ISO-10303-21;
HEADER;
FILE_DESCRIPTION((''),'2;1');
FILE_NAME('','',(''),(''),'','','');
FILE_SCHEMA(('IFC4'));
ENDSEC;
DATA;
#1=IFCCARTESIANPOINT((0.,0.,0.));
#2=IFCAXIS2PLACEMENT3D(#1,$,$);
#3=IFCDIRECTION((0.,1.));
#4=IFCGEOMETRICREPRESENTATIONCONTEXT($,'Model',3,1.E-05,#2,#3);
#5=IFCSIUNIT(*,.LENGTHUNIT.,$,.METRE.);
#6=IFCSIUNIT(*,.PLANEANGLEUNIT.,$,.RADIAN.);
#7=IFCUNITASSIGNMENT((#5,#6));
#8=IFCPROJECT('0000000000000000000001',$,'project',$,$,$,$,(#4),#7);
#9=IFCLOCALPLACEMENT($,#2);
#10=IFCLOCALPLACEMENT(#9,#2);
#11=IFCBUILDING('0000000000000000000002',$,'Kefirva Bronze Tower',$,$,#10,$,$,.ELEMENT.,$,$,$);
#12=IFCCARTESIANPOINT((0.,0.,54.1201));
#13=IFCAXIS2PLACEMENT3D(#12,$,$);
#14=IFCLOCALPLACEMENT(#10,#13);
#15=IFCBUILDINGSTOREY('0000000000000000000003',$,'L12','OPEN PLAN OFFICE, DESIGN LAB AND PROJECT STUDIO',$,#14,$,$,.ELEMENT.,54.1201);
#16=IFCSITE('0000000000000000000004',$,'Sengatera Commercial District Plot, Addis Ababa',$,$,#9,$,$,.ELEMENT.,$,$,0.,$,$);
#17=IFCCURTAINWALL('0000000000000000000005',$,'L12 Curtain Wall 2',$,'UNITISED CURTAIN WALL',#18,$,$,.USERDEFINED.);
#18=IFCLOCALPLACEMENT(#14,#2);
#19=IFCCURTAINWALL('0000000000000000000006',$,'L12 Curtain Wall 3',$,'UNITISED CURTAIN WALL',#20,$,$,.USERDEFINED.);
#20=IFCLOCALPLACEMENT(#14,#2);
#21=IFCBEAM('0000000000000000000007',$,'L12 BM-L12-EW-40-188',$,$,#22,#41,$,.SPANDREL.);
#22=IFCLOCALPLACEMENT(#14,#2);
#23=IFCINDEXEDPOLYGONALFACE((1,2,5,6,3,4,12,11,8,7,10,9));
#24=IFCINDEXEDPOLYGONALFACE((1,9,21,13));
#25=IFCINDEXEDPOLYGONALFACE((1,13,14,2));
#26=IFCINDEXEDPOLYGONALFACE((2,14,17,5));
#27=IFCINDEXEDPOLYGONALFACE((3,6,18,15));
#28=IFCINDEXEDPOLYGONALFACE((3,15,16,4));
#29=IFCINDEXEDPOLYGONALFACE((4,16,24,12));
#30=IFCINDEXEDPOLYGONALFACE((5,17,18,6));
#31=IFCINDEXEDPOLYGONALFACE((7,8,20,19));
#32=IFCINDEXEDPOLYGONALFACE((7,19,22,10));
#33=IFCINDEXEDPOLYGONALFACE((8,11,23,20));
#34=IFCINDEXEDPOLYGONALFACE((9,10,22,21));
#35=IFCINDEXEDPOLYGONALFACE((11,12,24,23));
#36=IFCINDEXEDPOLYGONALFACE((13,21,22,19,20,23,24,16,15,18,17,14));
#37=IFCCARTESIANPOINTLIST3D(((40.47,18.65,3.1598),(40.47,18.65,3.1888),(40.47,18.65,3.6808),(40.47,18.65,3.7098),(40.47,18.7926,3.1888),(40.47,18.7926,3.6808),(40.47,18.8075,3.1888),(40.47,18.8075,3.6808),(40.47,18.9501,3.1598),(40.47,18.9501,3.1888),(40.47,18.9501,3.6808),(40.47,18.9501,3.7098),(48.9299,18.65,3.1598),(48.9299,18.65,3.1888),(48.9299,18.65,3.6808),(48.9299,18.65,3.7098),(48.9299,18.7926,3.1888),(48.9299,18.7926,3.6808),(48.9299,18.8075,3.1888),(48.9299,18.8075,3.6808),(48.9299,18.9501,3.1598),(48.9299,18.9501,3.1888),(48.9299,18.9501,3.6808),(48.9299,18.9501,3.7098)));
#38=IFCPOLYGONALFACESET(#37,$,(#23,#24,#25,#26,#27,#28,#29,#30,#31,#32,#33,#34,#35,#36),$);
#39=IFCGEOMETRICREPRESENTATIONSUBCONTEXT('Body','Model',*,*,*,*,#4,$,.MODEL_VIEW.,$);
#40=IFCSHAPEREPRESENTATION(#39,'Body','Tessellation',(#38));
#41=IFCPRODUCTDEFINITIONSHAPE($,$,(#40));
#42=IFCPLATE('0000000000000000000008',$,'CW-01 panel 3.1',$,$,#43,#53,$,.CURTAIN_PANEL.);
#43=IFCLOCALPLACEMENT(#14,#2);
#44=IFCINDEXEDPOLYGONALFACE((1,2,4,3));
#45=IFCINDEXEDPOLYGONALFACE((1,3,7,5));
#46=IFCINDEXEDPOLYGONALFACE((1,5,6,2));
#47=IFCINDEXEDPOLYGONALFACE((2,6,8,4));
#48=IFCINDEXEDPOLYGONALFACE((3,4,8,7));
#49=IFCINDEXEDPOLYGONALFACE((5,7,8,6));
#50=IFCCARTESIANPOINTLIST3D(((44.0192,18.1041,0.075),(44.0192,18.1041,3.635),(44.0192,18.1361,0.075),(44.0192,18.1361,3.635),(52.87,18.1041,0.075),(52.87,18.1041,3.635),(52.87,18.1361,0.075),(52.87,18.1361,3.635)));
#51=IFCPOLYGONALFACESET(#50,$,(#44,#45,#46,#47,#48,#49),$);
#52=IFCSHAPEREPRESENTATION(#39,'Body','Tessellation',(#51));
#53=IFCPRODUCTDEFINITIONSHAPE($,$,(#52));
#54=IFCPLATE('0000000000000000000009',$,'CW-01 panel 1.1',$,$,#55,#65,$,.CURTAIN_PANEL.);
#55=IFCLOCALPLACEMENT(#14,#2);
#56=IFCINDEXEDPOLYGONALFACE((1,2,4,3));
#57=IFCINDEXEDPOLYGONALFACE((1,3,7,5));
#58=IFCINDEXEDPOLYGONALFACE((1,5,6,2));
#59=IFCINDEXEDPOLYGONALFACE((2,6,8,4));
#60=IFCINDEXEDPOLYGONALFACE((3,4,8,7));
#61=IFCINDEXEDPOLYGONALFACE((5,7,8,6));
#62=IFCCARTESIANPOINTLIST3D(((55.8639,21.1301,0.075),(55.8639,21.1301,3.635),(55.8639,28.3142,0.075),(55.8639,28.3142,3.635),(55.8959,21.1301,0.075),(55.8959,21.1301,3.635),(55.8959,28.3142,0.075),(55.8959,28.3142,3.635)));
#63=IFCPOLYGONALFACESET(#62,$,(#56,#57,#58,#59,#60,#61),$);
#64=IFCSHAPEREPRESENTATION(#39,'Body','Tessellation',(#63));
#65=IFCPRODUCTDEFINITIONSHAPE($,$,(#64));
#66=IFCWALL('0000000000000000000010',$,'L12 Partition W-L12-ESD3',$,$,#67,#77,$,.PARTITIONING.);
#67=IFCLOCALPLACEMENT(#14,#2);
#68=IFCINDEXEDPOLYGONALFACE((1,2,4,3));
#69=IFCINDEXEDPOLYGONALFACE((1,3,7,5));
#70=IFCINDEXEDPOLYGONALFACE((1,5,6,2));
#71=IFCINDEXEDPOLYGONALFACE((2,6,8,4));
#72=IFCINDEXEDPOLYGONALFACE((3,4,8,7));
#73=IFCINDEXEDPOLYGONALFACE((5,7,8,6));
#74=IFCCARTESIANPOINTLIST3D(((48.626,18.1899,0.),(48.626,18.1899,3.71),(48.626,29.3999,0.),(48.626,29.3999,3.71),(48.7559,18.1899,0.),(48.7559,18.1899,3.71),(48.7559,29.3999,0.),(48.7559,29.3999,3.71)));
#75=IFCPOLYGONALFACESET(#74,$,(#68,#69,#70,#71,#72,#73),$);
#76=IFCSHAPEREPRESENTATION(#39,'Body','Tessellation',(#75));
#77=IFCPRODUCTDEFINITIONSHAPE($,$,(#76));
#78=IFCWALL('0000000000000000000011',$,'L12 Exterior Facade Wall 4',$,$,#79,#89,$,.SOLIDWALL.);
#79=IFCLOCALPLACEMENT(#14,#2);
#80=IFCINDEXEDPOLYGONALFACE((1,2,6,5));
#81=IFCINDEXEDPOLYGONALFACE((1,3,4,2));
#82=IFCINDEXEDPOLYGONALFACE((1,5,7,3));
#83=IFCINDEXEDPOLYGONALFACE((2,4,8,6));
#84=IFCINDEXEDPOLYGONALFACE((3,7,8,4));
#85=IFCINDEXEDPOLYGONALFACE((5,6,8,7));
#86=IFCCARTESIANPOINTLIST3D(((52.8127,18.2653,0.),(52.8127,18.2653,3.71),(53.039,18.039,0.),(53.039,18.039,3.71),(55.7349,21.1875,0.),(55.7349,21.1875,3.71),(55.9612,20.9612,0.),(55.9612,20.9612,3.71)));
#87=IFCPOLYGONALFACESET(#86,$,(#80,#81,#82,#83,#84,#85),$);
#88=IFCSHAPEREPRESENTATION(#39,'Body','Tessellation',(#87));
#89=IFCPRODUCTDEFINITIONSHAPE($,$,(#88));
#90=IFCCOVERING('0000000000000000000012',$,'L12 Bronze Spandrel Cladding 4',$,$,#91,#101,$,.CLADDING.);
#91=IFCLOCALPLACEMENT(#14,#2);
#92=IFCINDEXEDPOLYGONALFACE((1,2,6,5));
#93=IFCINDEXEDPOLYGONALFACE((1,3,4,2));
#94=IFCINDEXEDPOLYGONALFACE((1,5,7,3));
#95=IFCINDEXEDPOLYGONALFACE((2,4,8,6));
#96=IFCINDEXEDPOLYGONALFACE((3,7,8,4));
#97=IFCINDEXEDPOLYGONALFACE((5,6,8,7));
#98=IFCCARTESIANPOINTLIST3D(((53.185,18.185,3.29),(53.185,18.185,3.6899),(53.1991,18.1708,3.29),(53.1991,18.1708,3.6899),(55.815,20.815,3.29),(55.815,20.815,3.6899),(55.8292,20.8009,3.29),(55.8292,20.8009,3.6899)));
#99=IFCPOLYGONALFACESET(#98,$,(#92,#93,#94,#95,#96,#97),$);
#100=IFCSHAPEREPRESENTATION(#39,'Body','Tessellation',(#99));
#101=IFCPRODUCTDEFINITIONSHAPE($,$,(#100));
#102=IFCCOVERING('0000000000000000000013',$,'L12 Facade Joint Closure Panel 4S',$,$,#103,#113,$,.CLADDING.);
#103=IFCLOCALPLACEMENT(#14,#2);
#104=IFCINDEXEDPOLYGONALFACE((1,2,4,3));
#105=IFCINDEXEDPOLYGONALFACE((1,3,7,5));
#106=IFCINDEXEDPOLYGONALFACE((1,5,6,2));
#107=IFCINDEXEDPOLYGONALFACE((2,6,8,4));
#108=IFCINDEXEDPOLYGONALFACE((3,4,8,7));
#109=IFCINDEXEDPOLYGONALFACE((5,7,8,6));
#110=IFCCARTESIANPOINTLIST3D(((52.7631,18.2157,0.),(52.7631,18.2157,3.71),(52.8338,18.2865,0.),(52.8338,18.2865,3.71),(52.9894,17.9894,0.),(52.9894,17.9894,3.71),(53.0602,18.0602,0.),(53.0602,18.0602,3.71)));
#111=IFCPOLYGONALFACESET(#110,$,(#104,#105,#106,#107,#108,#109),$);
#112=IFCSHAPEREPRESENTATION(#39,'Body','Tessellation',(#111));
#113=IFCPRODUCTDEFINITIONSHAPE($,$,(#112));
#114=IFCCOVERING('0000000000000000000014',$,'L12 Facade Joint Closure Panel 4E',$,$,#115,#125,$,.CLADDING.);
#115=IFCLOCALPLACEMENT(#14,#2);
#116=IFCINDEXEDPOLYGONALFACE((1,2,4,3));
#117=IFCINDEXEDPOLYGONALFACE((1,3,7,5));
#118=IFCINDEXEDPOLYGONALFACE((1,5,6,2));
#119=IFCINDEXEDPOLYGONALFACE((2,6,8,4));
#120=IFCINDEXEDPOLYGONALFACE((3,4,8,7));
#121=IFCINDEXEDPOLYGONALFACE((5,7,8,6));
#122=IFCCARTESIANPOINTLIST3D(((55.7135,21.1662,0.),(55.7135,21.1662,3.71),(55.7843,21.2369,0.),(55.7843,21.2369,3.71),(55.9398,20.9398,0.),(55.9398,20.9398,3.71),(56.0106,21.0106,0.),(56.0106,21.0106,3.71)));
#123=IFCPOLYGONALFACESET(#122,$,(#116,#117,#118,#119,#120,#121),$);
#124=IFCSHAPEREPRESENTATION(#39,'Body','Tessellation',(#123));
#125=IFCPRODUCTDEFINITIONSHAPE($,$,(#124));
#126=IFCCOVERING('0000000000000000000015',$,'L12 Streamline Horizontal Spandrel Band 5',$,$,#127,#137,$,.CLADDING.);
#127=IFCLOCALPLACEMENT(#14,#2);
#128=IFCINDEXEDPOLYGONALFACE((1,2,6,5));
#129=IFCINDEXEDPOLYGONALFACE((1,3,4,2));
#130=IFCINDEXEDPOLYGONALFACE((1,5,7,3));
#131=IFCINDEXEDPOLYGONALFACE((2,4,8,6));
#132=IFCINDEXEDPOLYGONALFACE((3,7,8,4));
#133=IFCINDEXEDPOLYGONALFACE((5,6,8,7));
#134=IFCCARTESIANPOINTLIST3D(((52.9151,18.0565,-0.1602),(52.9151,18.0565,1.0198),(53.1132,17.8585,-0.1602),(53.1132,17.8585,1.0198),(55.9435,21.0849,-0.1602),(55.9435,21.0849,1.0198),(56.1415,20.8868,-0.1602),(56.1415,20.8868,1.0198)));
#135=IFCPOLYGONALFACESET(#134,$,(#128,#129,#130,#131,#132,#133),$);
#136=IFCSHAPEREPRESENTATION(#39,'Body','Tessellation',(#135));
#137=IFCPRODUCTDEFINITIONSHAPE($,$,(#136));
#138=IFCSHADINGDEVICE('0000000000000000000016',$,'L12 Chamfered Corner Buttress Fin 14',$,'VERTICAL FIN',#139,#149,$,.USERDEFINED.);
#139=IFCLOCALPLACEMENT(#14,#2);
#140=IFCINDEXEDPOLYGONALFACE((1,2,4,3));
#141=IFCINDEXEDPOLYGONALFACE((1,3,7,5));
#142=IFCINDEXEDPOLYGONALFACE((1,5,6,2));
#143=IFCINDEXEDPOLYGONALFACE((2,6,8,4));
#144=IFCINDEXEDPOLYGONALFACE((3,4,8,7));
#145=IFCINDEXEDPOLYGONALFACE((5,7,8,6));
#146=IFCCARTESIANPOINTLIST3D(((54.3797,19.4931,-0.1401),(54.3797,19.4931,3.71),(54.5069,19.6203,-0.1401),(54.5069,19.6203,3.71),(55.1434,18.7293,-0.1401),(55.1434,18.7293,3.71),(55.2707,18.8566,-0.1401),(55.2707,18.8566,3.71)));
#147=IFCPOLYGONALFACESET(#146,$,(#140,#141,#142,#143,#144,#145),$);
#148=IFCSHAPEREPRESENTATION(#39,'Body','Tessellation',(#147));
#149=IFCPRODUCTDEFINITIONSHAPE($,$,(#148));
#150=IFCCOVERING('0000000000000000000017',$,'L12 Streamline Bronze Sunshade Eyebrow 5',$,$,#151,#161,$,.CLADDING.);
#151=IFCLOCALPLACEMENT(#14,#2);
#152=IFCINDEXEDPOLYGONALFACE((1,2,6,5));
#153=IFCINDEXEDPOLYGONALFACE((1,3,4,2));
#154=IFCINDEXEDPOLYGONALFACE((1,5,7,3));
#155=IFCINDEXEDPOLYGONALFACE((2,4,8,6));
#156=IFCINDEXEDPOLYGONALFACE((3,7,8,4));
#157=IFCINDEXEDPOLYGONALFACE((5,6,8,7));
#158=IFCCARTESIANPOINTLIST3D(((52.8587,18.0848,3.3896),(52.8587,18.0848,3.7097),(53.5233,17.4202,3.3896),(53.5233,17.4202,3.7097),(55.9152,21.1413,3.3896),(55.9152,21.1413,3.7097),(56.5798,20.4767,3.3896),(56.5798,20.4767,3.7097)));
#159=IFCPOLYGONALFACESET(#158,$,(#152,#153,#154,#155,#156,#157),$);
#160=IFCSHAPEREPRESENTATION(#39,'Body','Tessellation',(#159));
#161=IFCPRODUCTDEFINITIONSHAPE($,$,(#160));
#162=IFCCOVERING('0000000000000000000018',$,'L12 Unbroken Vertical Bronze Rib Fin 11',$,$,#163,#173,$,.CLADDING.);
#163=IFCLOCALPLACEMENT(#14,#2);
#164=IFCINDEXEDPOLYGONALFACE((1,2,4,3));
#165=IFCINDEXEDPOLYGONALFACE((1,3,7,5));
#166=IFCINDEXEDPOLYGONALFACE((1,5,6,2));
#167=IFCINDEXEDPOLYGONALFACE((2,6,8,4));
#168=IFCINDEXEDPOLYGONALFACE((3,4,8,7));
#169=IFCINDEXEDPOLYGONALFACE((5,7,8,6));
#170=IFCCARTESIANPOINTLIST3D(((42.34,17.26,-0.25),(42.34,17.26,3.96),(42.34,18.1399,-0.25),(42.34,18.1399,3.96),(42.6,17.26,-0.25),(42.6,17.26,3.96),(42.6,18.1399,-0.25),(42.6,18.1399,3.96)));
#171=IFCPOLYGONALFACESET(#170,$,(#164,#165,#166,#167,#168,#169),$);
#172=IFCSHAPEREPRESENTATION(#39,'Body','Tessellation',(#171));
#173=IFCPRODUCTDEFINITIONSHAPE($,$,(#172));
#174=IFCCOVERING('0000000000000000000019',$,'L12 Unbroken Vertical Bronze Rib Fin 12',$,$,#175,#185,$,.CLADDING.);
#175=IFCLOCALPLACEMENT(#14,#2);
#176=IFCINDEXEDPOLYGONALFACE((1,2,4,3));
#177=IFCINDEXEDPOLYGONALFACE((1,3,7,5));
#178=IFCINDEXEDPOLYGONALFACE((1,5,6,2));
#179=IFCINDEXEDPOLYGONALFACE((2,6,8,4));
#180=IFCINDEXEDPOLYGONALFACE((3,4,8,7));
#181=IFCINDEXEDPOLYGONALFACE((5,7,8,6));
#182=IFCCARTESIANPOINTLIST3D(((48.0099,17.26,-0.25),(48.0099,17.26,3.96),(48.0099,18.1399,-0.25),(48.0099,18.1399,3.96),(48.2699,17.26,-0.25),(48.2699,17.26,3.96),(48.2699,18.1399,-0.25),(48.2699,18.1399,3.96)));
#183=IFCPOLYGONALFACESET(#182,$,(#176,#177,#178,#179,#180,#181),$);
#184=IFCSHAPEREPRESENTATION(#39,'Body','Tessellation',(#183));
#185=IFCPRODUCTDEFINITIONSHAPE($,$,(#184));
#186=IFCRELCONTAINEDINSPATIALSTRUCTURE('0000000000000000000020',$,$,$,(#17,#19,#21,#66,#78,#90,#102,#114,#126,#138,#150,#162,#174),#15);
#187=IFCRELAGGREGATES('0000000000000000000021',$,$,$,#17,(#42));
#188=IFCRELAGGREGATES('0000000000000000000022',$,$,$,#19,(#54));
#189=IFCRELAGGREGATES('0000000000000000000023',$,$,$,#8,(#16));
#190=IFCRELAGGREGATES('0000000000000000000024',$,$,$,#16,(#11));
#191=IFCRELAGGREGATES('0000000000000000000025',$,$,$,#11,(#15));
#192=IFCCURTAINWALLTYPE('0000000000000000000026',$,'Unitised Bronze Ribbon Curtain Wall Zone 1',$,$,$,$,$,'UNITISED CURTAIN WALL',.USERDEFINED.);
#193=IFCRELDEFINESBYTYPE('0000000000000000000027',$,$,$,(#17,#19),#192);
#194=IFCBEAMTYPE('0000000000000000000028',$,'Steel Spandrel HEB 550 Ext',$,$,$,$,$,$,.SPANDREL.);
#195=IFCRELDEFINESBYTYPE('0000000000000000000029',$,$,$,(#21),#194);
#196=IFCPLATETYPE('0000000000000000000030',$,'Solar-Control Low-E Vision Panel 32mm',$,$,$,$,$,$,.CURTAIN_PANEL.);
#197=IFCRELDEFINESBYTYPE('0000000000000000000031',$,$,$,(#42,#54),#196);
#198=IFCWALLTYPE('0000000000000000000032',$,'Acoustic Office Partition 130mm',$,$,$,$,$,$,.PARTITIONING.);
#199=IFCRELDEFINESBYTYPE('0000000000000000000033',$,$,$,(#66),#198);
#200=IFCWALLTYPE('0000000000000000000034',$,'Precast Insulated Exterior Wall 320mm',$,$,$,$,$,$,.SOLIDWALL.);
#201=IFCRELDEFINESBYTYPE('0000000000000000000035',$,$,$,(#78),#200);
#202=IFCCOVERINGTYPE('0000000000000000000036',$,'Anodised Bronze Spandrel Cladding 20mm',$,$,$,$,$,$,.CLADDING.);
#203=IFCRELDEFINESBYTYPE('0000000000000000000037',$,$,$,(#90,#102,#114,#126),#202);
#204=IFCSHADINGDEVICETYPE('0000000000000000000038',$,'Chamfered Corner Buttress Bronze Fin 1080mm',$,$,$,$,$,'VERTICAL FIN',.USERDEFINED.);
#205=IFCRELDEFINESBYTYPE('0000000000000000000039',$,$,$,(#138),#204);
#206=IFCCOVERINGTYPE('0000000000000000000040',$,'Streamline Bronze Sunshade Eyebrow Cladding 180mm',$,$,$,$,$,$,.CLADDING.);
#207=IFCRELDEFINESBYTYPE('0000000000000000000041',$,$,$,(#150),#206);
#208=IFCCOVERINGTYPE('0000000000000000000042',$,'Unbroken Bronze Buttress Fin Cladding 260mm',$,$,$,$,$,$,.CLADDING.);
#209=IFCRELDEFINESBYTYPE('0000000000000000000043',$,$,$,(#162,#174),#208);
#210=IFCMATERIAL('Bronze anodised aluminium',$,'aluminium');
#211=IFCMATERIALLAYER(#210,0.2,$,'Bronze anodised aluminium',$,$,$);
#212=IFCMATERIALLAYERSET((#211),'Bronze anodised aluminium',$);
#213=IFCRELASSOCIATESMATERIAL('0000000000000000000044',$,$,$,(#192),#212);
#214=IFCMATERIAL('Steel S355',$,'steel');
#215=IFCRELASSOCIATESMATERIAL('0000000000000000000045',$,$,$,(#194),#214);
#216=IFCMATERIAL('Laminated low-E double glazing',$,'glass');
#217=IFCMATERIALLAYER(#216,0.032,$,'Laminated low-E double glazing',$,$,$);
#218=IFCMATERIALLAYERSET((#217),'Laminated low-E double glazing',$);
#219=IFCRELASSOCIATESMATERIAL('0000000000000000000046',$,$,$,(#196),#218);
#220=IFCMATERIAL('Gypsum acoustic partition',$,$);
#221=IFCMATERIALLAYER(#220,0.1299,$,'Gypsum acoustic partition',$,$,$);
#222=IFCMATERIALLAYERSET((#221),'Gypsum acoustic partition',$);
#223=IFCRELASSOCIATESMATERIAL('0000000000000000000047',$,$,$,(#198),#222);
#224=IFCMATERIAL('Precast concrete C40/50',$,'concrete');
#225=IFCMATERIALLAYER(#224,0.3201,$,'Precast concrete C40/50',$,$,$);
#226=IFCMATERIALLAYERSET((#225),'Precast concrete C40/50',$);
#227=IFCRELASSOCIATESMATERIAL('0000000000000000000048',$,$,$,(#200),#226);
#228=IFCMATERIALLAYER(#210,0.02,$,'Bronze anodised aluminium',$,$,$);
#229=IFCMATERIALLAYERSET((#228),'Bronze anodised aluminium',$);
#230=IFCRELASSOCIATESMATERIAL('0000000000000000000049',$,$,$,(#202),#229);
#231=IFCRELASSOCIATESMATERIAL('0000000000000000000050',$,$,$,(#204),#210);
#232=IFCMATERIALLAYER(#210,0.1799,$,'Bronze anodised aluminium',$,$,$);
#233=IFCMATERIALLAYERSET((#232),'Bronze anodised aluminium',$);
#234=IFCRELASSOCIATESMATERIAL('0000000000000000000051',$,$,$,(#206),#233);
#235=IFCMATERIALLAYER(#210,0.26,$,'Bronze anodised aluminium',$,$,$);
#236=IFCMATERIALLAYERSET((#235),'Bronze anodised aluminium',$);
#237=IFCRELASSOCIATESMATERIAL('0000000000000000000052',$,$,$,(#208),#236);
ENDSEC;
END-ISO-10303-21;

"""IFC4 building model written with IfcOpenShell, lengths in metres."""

from ifc_helpers import new_model, si_unit, direction, frame, frame_2d, origin, origin_2d, place, context, subcontext, project, spatial, rectangle, i_section, extrude, material, layer, layer_set, material_profile, profile_set, type_object, element, aggregate, save


model = new_model("IFC4")

# Units and contexts
model_context = context("Model", 3, precision=1e-05, world=origin(), true_north=direction((0.0, 1.0)))
body_context = subcontext(model_context, "Body", "Model", "MODEL_VIEW")
ifc_project = project(units=[si_unit("LENGTHUNIT", "METRE"), si_unit("PLANEANGLEUNIT", "RADIAN")], contexts=[model_context])

# Site, building, storey
site_placement = place(None, origin())
site = spatial("IfcSite", under=ifc_project, at=site_placement, Name="Sengatera Commercial District Plot, Addis Ababa", CompositionType="ELEMENT", RefElevation=0.0)
building_placement = place(site_placement, origin())
building = spatial("IfcBuilding", under=site, at=building_placement, Name="Kefirva Bronze Tower", CompositionType="ELEMENT")
storey_placement = place(building_placement, frame((0.0, 0.0, 54.1201)))
storey = spatial("IfcBuildingStorey", under=building, at=storey_placement, Name="L12", Description="OPEN PLAN OFFICE, DESIGN LAB AND PROJECT STUDIO", CompositionType="ELEMENT", Elevation=54.1201)

# Curtain wall
ifc_material_1 = material(Name="Bronze anodised aluminium", Category="aluminium")
ifc_layer_1 = layer(ifc_material_1, 0.2, Name="Bronze anodised aluminium")
ifc_layer_set_1 = layer_set([ifc_layer_1], Name="Bronze anodised aluminium")
curtain_wall_type = type_object("IfcCurtainWallType", Name="Unitised Bronze Ribbon Curtain Wall Zone 1", ElementType="UNITISED CURTAIN WALL", PredefinedType="USERDEFINED", material=ifc_layer_set_1)
curtain_wall_1_placement = place(storey_placement, origin())
curtain_wall_1 = element("IfcCurtainWall", 1, at=curtain_wall_1_placement, inside=storey, type_object=curtain_wall_type, Name="L12 Curtain Wall 2", ObjectType="UNITISED CURTAIN WALL", PredefinedType="USERDEFINED")

# Curtain wall
curtain_wall_2_placement = place(storey_placement, origin())
curtain_wall_2 = element("IfcCurtainWall", 2, at=curtain_wall_2_placement, inside=storey, type_object=curtain_wall_type, Name="L12 Curtain Wall 3", ObjectType="UNITISED CURTAIN WALL", PredefinedType="USERDEFINED")

# Beam
ifc_material_2 = material(Name="Steel S355", Category="steel")
ifc_material_profile_1 = material_profile(ifc_material_2, i_section(OverallWidth=0.3, OverallDepth=0.55, WebThickness=0.0149, FlangeThickness=0.0291, at=origin_2d()), Name="HEB 550")
ifc_profile_set_1 = profile_set([ifc_material_profile_1], Name="Steel S355")
beam_type_1 = type_object("IfcBeamType", Name="Steel Spandrel HEB 550 Ext", PredefinedType="SPANDREL", material=ifc_profile_set_1)
beam_1_placement = place(storey_placement, frame((40.47, 18.8, 3.4348), z_axis=(1.0, 0.0, 0.0), x_axis=(0.0, 1.0, 0.0)))
element("IfcBeam", 3, at=beam_1_placement, inside=storey, type_object=beam_type_1, Name="L12 BM-L12-EW-40-188", PredefinedType="SPANDREL", context=body_context, shape_type="SweptSolid", body=[
    extrude(i_section(OverallWidth=0.3, OverallDepth=0.55, WebThickness=0.0149, FlangeThickness=0.0291, at=origin_2d()), origin(), (0.0, 0.0, 1.0), 8.46),
])

# Plates
ifc_material_3 = material(Name="Laminated low-E double glazing", Category="glass")
ifc_layer_2 = layer(ifc_material_3, 0.032, Name="Laminated low-E double glazing")
ifc_layer_set_2 = layer_set([ifc_layer_2], Name="Laminated low-E double glazing")
plate_type = type_object("IfcPlateType", Name="Solar-Control Low-E Vision Panel 32mm", PredefinedType="CURTAIN_PANEL", material=ifc_layer_set_2)
plate_1_placement = place(storey_placement, frame((48.4446, 18.1201, 0.075), z_axis=(0.0, 0.0, 1.0), x_axis=(1.0, 0.0, 0.0)))
plate_1 = element("IfcPlate", 4, at=plate_1_placement, type_object=plate_type, Name="CW-01 panel 3.1", PredefinedType="CURTAIN_PANEL", context=body_context, shape_type="SweptSolid", body=[
    extrude(rectangle(XDim=8.8508, YDim=0.032, at=origin_2d()), origin(), (0.0, 0.0, 1.0), 3.5601),
])
aggregate(curtain_wall_1, [plate_1])
plate_2_placement = place(storey_placement, frame((55.8799, 24.7222, 0.075), z_axis=(0.0, 0.0, 1.0), x_axis=(0.0, 1.0, 0.0)))
plate_2 = element("IfcPlate", 5, at=plate_2_placement, type_object=plate_type, Name="CW-01 panel 1.1", PredefinedType="CURTAIN_PANEL", context=body_context, shape_type="SweptSolid", body=[
    extrude(rectangle(XDim=7.1841, YDim=0.032, at=origin_2d()), origin(), (0.0, 0.0, 1.0), 3.5601),
])
aggregate(curtain_wall_2, [plate_2])

# Walls
ifc_material_4 = material(Name="Gypsum acoustic partition")
ifc_layer_3 = layer(ifc_material_4, 0.1299, Name="Gypsum acoustic partition")
ifc_layer_set_3 = layer_set([ifc_layer_3], Name="Gypsum acoustic partition")
wall_type_1 = type_object("IfcWallType", Name="Acoustic Office Partition 130mm", PredefinedType="PARTITIONING", material=ifc_layer_set_3)
wall_1_placement = place(storey_placement, frame((48.6909, 18.1899, 0.0), z_axis=(0.0, 0.0, 1.0), x_axis=(0.0, 1.0, 0.0)))
element("IfcWall", 6, at=wall_1_placement, inside=storey, type_object=wall_type_1, Name="L12 Partition W-L12-ESD3", PredefinedType="PARTITIONING", context=body_context, shape_type="SweptSolid", body=[
    extrude(rectangle(XDim=11.21, YDim=0.1299, at=frame_2d((5.605, 0.0))), origin(), (0.0, 0.0, 1.0), 3.71),
])
ifc_material_5 = material(Name="Precast concrete C40/50", Category="concrete")
ifc_layer_4 = layer(ifc_material_5, 0.3201, Name="Precast concrete C40/50")
ifc_layer_set_4 = layer_set([ifc_layer_4], Name="Precast concrete C40/50")
wall_type_2 = type_object("IfcWallType", Name="Precast Insulated Exterior Wall 320mm", PredefinedType="SOLIDWALL", material=ifc_layer_set_4)
wall_2_placement = place(storey_placement, frame((52.9258, 18.1521, 0.0), z_axis=(0.0, 0.0, 1.0), x_axis=(0.707107, 0.707107, 0.0)))
element("IfcWall", 7, at=wall_2_placement, inside=storey, type_object=wall_type_2, Name="L12 Exterior Facade Wall 4", PredefinedType="SOLIDWALL", context=body_context, shape_type="SweptSolid", body=[
    extrude(rectangle(XDim=4.1326, YDim=0.3201, at=frame_2d((2.0664, 0.0))), origin(), (0.0, 0.0, 1.0), 3.71),
])

# Coverings
ifc_layer_5 = layer(ifc_material_1, 0.02, Name="Bronze anodised aluminium")
ifc_layer_set_5 = layer_set([ifc_layer_5], Name="Bronze anodised aluminium")
covering_type_1 = type_object("IfcCoveringType", Name="Anodised Bronze Spandrel Cladding 20mm", PredefinedType="CLADDING", material=ifc_layer_set_5)
covering_1_placement = place(storey_placement, frame((54.5071, 19.4929, 3.29), z_axis=(0.0, 0.0, 1.0), x_axis=(0.707107, 0.707107, 0.0)))
element("IfcCovering", 8, at=covering_1_placement, inside=storey, type_object=covering_type_1, Name="L12 Bronze Spandrel Cladding 4", PredefinedType="CLADDING", context=body_context, shape_type="SweptSolid", body=[
    extrude(rectangle(XDim=3.7195, YDim=0.02, at=origin_2d()), origin(), (0.0, 0.0, 1.0), 0.3999),
])
for number, where, z_axis, x_axis, name in (
    (9, (52.9116, 18.1379, 0.0), (0.0, 0.0, 1.0), (0.707107, 0.707107, 0.0), "L12 Facade Joint Closure Panel 4S"),
    (10, (55.8621, 21.0884, 0.0), (0.0, 0.0, 1.0), (0.707107, 0.707107, 0.0), "L12 Facade Joint Closure Panel 4E"),
):
    element("IfcCovering", number, at=place(storey_placement, frame(where, z_axis=z_axis, x_axis=x_axis)), inside=storey, type_object=covering_type_1, Name=name, PredefinedType="CLADDING", context=body_context, shape_type="SweptSolid", body=[
        extrude(rectangle(XDim=0.1001, YDim=0.3201, at=origin_2d()), origin(), (0.0, 0.0, 1.0), 3.71),
    ])
covering_2_placement = place(storey_placement, frame((54.5283, 19.4717, -0.1602), z_axis=(0.0, 0.0, 1.0), x_axis=(0.707107, 0.707107, 0.0)))
element("IfcCovering", 11, at=covering_2_placement, inside=storey, type_object=covering_type_1, Name="L12 Streamline Horizontal Spandrel Band 5", PredefinedType="CLADDING", context=body_context, shape_type="SweptSolid", body=[
    extrude(rectangle(XDim=4.2827, YDim=0.28, at=origin_2d()), origin(), (0.0, 0.0, 1.0), 1.1799),
])

# Shading device
ifc_material_profile_2 = material_profile(ifc_material_1, rectangle(XDim=0.1799, YDim=1.0801, at=origin_2d()), Name="BRONZE BUTTRESS FIN 180x1080")
ifc_profile_set_2 = profile_set([ifc_material_profile_2], Name="Bronze anodised aluminium")
shading_device_type = type_object("IfcShadingDeviceType", Name="Chamfered Corner Buttress Bronze Fin 1080mm", ElementType="VERTICAL FIN", PredefinedType="USERDEFINED", material=ifc_profile_set_2)
shading_device_placement = place(storey_placement, frame((54.8252, 19.1748, -0.1401), z_axis=(0.0, 0.0, 1.0), x_axis=(0.707107, 0.707107, 0.0)))
element("IfcShadingDevice", 12, at=shading_device_placement, inside=storey, type_object=shading_device_type, Name="L12 Chamfered Corner Buttress Fin 14", ObjectType="VERTICAL FIN", PredefinedType="USERDEFINED", context=body_context, shape_type="SweptSolid", body=[
    extrude(rectangle(XDim=0.1799, YDim=1.0801, at=origin_2d()), origin(), (0.0, 0.0, 1.0), 3.8501),
])

# Coverings
ifc_layer_6 = layer(ifc_material_1, 0.1799, Name="Bronze anodised aluminium")
ifc_layer_set_6 = layer_set([ifc_layer_6], Name="Bronze anodised aluminium")
covering_type_2 = type_object("IfcCoveringType", Name="Streamline Bronze Sunshade Eyebrow Cladding 180mm", PredefinedType="CLADDING", material=ifc_layer_set_6)
covering_3_placement = place(storey_placement, frame((54.7192, 19.2808, 3.3896), z_axis=(0.0, 0.0, 1.0), x_axis=(0.707107, 0.707107, 0.0)))
element("IfcCovering", 13, at=covering_3_placement, inside=storey, type_object=covering_type_2, Name="L12 Streamline Bronze Sunshade Eyebrow 5", PredefinedType="CLADDING", context=body_context, shape_type="SweptSolid", body=[
    extrude(rectangle(XDim=4.3225, YDim=0.9399, at=origin_2d()), origin(), (0.0, 0.0, 1.0), 0.3201),
])
ifc_layer_7 = layer(ifc_material_1, 0.26, Name="Bronze anodised aluminium")
ifc_layer_set_7 = layer_set([ifc_layer_7], Name="Bronze anodised aluminium")
covering_type_3 = type_object("IfcCoveringType", Name="Unbroken Bronze Buttress Fin Cladding 260mm", PredefinedType="CLADDING", material=ifc_layer_set_7)
for number, where, z_axis, x_axis, name in (
    (14, (42.47, 17.7, -0.25), (0.0, 0.0, 1.0), (1.0, 0.0, 0.0), "L12 Unbroken Vertical Bronze Rib Fin 11"),
    (15, (48.1399, 17.7, -0.25), (0.0, 0.0, 1.0), (1.0, 0.0, 0.0), "L12 Unbroken Vertical Bronze Rib Fin 12"),
):
    element("IfcCovering", number, at=place(storey_placement, frame(where, z_axis=z_axis, x_axis=x_axis)), inside=storey, type_object=covering_type_3, Name=name, PredefinedType="CLADDING", context=body_context, shape_type="SweptSolid", body=[
        extrude(rectangle(XDim=0.26, YDim=0.8799, at=origin_2d()), origin(), (0.0, 0.0, 1.0), 4.21),
    ])

save(model, "model.ifc")
